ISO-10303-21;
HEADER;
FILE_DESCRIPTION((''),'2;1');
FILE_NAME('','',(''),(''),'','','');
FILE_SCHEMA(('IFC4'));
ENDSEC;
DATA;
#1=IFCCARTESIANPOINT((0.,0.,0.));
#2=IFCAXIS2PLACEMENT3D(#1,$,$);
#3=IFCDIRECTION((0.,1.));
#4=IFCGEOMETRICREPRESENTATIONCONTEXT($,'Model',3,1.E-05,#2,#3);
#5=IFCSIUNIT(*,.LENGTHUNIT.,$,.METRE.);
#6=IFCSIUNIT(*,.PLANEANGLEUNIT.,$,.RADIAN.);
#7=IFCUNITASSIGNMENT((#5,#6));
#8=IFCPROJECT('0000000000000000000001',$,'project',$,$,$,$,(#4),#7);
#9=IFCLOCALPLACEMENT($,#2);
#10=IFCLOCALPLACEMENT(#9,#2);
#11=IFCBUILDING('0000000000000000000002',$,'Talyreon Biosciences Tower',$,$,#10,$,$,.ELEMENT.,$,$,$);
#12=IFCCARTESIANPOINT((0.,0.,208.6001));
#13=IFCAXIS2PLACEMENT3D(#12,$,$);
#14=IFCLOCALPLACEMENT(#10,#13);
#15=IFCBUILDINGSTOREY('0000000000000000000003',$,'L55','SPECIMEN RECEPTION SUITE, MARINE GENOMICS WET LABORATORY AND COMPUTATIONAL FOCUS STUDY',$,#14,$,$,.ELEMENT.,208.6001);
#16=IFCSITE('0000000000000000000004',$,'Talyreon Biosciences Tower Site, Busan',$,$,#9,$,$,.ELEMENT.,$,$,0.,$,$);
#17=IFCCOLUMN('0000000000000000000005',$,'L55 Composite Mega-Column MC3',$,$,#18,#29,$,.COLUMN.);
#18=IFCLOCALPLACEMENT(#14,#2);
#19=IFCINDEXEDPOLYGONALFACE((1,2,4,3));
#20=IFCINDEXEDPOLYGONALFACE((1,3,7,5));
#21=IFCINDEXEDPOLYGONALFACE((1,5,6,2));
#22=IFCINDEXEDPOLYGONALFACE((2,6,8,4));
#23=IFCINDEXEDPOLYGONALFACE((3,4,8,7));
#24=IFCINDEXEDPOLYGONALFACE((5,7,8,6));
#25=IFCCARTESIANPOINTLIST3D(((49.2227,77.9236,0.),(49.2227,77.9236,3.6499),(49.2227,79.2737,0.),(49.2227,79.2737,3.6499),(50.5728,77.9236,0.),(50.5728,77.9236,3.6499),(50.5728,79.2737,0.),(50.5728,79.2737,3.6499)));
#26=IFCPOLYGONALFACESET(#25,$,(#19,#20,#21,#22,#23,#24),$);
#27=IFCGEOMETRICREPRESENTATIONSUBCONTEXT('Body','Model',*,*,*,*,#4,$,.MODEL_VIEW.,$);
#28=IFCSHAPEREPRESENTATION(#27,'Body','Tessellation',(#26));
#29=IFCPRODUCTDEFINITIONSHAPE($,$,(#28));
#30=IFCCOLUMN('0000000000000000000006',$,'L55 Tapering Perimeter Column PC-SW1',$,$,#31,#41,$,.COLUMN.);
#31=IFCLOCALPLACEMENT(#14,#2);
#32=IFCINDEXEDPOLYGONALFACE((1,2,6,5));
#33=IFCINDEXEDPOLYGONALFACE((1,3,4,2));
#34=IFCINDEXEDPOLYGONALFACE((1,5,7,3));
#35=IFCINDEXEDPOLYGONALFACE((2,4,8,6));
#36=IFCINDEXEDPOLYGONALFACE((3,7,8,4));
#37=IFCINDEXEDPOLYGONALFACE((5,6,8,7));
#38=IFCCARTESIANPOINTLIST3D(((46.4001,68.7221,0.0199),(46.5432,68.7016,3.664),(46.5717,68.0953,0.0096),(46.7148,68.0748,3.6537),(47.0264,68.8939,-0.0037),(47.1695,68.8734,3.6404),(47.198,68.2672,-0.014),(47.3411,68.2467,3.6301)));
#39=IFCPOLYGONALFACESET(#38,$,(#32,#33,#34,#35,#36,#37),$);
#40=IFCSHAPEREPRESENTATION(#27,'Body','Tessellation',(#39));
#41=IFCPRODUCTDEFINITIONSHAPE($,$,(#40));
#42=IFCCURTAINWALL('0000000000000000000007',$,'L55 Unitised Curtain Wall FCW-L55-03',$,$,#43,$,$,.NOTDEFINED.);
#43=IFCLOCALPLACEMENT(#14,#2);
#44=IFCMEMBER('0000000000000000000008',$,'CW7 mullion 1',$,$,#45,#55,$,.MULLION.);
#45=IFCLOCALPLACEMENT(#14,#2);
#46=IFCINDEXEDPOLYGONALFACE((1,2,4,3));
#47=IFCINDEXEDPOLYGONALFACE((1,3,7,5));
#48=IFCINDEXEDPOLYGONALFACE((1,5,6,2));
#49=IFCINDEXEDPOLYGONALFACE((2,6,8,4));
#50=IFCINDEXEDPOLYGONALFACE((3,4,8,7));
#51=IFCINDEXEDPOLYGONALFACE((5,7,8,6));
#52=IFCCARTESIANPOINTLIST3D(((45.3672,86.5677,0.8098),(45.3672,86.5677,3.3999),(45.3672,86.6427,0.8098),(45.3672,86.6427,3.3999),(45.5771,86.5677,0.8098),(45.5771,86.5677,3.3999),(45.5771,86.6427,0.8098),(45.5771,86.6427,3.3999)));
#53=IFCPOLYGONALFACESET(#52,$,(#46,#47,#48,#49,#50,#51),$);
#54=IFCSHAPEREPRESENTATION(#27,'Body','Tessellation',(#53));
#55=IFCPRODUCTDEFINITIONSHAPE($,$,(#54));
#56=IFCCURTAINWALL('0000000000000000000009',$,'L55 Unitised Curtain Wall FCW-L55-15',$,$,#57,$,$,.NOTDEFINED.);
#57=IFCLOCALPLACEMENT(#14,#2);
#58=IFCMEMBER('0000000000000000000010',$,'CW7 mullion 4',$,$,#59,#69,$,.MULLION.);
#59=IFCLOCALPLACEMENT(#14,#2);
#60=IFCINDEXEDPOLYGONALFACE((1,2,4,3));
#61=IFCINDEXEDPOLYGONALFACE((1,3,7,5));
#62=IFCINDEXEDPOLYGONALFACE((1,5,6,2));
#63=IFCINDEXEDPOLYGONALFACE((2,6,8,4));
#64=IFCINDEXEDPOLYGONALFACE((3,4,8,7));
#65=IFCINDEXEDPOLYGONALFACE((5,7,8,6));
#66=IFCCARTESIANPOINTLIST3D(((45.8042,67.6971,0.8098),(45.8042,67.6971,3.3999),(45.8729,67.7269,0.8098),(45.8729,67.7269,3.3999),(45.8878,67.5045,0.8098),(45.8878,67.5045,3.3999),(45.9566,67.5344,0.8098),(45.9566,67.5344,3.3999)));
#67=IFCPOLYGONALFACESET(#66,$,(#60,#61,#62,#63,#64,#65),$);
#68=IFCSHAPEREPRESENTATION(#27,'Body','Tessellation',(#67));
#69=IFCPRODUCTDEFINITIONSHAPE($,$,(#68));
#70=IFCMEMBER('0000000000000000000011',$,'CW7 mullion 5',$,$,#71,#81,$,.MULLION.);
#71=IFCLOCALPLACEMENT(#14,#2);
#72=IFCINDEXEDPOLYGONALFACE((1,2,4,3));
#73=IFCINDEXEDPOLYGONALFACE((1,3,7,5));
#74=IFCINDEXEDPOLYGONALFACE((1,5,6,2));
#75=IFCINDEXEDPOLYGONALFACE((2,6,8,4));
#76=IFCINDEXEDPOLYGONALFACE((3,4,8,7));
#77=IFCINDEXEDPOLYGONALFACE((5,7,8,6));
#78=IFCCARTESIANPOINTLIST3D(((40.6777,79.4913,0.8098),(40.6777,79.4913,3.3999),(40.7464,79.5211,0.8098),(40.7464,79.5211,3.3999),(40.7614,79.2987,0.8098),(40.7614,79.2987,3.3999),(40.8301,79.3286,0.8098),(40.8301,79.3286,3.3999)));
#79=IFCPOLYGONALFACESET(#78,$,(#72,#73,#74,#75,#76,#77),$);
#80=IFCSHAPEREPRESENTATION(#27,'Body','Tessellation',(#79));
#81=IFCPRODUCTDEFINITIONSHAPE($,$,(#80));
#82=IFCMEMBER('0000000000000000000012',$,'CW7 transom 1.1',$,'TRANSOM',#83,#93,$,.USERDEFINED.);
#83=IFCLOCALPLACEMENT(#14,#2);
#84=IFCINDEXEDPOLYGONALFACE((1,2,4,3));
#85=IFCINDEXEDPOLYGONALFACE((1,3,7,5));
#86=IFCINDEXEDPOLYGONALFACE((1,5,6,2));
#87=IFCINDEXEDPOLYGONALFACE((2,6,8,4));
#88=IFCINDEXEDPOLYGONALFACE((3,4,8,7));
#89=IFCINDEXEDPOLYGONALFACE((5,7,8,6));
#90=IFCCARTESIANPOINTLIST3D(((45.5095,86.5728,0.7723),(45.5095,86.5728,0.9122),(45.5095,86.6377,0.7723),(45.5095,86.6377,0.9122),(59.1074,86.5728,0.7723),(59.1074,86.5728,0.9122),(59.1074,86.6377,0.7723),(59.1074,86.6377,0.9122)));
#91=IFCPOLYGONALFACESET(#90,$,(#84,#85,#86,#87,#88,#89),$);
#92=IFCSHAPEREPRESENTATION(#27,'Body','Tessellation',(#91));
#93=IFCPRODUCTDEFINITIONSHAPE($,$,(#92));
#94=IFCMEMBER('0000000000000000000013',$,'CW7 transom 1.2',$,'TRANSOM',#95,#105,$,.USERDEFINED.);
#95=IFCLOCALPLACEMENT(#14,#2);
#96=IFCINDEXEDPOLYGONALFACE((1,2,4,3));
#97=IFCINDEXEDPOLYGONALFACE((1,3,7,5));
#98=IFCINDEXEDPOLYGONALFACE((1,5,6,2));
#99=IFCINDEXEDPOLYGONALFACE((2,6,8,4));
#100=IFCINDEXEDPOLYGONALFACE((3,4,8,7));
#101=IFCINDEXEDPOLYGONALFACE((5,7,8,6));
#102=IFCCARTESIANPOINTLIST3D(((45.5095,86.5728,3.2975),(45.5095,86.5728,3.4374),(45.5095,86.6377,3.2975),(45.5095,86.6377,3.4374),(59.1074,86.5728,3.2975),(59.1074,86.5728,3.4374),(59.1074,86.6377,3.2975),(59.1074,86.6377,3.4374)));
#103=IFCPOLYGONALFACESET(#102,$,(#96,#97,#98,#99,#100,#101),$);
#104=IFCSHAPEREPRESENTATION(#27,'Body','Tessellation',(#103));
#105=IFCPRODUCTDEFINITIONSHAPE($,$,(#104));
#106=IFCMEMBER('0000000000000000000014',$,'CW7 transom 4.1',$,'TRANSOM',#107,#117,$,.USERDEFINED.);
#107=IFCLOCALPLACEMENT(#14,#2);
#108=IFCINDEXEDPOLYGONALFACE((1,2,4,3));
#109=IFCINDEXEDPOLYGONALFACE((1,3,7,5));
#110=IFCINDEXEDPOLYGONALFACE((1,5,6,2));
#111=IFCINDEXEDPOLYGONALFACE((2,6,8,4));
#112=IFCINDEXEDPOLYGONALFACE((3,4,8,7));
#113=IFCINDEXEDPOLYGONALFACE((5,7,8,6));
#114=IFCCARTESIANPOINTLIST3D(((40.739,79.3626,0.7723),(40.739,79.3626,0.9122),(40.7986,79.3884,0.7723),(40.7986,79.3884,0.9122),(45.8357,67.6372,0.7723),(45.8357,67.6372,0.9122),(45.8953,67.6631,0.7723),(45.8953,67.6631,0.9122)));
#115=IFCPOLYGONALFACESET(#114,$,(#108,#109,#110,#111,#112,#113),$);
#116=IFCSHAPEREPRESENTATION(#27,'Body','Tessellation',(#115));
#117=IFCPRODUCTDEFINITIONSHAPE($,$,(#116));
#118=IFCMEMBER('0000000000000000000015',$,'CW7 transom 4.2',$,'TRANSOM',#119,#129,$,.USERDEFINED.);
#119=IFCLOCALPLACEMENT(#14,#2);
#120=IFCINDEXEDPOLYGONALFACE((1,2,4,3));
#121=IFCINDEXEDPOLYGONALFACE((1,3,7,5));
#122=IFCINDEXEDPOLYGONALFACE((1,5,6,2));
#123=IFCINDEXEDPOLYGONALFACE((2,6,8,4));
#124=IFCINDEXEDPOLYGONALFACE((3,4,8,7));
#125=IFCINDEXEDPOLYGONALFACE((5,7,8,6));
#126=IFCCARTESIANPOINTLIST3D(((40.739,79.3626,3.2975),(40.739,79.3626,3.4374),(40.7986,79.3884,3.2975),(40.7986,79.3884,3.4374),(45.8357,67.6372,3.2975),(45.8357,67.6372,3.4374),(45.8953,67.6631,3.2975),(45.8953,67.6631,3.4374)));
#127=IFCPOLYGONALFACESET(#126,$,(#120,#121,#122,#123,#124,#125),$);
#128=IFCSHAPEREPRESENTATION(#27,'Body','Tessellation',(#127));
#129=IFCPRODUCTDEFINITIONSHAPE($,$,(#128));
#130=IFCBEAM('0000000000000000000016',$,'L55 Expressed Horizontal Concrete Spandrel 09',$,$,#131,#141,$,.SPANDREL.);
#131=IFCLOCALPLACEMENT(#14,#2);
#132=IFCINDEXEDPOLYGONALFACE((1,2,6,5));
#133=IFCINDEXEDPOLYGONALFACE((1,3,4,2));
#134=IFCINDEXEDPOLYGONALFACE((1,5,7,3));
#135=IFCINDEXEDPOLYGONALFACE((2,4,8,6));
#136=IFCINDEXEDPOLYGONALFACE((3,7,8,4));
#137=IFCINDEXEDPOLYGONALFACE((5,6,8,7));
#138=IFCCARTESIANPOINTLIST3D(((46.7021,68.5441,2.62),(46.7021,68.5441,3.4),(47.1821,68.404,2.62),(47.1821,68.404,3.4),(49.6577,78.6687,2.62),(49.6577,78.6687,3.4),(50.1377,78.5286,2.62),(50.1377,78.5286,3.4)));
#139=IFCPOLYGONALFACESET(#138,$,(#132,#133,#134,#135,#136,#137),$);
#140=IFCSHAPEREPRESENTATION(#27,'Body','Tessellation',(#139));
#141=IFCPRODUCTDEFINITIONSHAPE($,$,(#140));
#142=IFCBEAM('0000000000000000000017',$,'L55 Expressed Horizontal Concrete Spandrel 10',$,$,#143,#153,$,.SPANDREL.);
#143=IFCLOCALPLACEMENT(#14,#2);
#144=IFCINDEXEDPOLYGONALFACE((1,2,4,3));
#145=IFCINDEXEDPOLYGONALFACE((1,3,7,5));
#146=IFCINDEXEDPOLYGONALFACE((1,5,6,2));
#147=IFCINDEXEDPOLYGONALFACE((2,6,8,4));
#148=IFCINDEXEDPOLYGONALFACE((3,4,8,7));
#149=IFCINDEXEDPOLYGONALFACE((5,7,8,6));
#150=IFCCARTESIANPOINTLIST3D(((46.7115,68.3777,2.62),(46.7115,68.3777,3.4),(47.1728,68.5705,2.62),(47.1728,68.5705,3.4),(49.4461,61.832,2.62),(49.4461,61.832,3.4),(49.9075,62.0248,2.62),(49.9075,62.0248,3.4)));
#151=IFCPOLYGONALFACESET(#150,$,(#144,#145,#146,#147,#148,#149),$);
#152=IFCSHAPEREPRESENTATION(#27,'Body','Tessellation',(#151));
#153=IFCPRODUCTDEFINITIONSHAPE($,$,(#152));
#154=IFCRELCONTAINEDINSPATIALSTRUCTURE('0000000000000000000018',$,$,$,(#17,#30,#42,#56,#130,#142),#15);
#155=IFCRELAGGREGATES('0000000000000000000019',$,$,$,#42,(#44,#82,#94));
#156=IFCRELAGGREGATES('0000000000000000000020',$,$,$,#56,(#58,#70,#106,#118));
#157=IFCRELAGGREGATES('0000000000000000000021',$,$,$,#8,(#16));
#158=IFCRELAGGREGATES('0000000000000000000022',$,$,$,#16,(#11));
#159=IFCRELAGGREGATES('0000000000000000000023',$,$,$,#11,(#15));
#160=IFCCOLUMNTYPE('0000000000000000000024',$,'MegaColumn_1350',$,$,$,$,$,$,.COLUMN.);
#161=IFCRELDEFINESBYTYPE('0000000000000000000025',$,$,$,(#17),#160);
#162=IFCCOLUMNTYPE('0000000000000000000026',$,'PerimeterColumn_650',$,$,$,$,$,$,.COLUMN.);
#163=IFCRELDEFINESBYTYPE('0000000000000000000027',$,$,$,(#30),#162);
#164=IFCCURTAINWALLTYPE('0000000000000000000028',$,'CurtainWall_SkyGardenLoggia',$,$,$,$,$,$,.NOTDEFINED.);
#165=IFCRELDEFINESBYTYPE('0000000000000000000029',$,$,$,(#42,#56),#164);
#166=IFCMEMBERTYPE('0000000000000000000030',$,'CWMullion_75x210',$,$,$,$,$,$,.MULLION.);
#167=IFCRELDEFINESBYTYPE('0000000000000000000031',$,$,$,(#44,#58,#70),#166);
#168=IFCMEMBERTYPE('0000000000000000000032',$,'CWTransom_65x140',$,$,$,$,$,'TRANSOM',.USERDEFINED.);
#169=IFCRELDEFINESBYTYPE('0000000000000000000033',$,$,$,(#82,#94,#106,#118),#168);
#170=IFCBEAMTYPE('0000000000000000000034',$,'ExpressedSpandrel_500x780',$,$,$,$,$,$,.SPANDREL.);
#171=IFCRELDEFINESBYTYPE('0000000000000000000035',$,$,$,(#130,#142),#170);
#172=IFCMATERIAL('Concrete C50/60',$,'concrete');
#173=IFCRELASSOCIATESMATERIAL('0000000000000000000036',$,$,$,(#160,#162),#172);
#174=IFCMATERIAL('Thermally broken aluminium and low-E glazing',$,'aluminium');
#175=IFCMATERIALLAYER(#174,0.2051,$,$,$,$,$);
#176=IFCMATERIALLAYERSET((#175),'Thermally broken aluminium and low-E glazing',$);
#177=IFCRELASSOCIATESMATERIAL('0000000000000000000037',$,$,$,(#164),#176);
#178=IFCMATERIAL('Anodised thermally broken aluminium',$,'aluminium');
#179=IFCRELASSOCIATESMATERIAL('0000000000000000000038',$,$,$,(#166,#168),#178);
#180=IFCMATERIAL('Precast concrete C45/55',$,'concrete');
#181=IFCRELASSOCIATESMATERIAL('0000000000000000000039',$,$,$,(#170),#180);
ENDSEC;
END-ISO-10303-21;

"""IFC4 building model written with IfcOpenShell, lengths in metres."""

from ifc_helpers import new_model, si_unit, direction, frame, origin, origin_2d, place, context, subcontext, project, spatial, rectangle, extrude, material, layer, layer_set, material_profile, profile_set, type_object, element, aggregate, save


model = new_model("IFC4")

# Units and contexts
model_context = context("Model", 3, precision=1e-05, world=origin(), true_north=direction((0.0, 1.0)))
body_context = subcontext(model_context, "Body", "Model", "MODEL_VIEW")
ifc_project = project(units=[si_unit("LENGTHUNIT", "METRE"), si_unit("PLANEANGLEUNIT", "RADIAN")], contexts=[model_context])

# Site, building, storey
site_placement = place(None, origin())
site = spatial("IfcSite", under=ifc_project, at=site_placement, Name="Talyreon Biosciences Tower Site, Busan", CompositionType="ELEMENT", RefElevation=0.0)
building_placement = place(site_placement, origin())
building = spatial("IfcBuilding", under=site, at=building_placement, Name="Talyreon Biosciences Tower", CompositionType="ELEMENT")
storey_placement = place(building_placement, frame((0.0, 0.0, 208.6001)))
storey = spatial("IfcBuildingStorey", under=building, at=storey_placement, Name="L55", Description="SPECIMEN RECEPTION SUITE, MARINE GENOMICS WET LABORATORY AND COMPUTATIONAL FOCUS STUDY", CompositionType="ELEMENT", Elevation=208.6001)

# Columns
ifc_material_1 = material(Name="Concrete C50/60", Category="concrete")
ifc_material_profile_1 = material_profile(ifc_material_1, rectangle(XDim=1.3501, YDim=1.3501, at=origin_2d()), Name="RC 1350x1350")
ifc_profile_set_1 = profile_set([ifc_material_profile_1], Name="Concrete C50/60")
column_type_1 = type_object("IfcColumnType", Name="MegaColumn_1350", PredefinedType="COLUMN", material=ifc_profile_set_1)
column_1_placement = place(storey_placement, frame((49.8977, 78.5986, 0.0), z_axis=(0.0, 0.0, 1.0), x_axis=(1.0, 0.0, 0.0)))
element("IfcColumn", 1, at=column_1_placement, inside=storey, type_object=column_type_1, Name="L55 Composite Mega-Column MC3", PredefinedType="COLUMN", context=body_context, shape_type="SweptSolid", body=[
    extrude(rectangle(XDim=1.3501, YDim=1.3501, at=origin_2d()), origin(), (0.0, 0.0, 1.0), 3.6499),
])
ifc_material_profile_2 = material_profile(ifc_material_1, rectangle(XDim=0.6499, YDim=0.6499, at=origin_2d()), Name="RC 650x650")
ifc_profile_set_2 = profile_set([ifc_material_profile_2], Name="Concrete C50/60")
column_type_2 = type_object("IfcColumnType", Name="PerimeterColumn_650", PredefinedType="COLUMN", material=ifc_profile_set_2)
column_2_placement = place(storey_placement, frame((46.7991, 68.4946, 0.0029), z_axis=(0.03923, -0.005623, 0.999214), x_axis=(0.963708, 0.264472, -0.036347)))
element("IfcColumn", 2, at=column_2_placement, inside=storey, type_object=column_type_2, Name="L55 Tapering Perimeter Column PC-SW1", PredefinedType="COLUMN", context=body_context, shape_type="SweptSolid", body=[
    extrude(rectangle(XDim=0.6499, YDim=0.6499, at=origin_2d()), origin(), (0.0, 0.0, 1.0), 3.647),
])

# Curtain wall, member
ifc_material_2 = material(Name="Thermally broken aluminium and low-E glazing", Category="aluminium")
ifc_layer_1 = layer(ifc_material_2, 0.2051)
ifc_layer_set_1 = layer_set([ifc_layer_1], Name="Thermally broken aluminium and low-E glazing")
curtain_wall_type = type_object("IfcCurtainWallType", Name="CurtainWall_SkyGardenLoggia", PredefinedType="NOTDEFINED", material=ifc_layer_set_1)
curtain_wall_1_placement = place(storey_placement, origin())
curtain_wall_1 = element("IfcCurtainWall", 3, at=curtain_wall_1_placement, inside=storey, type_object=curtain_wall_type, Name="L55 Unitised Curtain Wall FCW-L55-03", PredefinedType="NOTDEFINED")
ifc_material_3 = material(Name="Anodised thermally broken aluminium", Category="aluminium")
ifc_material_profile_3 = material_profile(ifc_material_3, rectangle(XDim=0.075, YDim=0.21, at=origin_2d()), Name="ALUM MULLION 75x210")
ifc_profile_set_3 = profile_set([ifc_material_profile_3], Name="Anodised thermally broken aluminium")
member_type_1 = type_object("IfcMemberType", Name="CWMullion_75x210", PredefinedType="MULLION", material=ifc_profile_set_3)
member_1_placement = place(storey_placement, frame((45.4722, 86.6052, 0.8098), z_axis=(0.0, 0.0, 1.0), x_axis=(0.0, 1.0, 0.0)))
member_1 = element("IfcMember", 4, at=member_1_placement, type_object=member_type_1, Name="CW7 mullion 1", PredefinedType="MULLION", context=body_context, shape_type="SweptSolid", body=[
    extrude(rectangle(XDim=0.075, YDim=0.21, at=origin_2d()), origin(), (0.0, 0.0, 1.0), 2.5901),
])

# Curtain wall, members
curtain_wall_2_placement = place(storey_placement, origin())
curtain_wall_2 = element("IfcCurtainWall", 5, at=curtain_wall_2_placement, inside=storey, type_object=curtain_wall_type, Name="L55 Unitised Curtain Wall FCW-L55-15", PredefinedType="NOTDEFINED")
member_2_placement = place(storey_placement, frame((45.8804, 67.6157, 0.8098), z_axis=(0.0, 0.0, 1.0), x_axis=(-0.917113, -0.398626, 0.0)))
member_2 = element("IfcMember", 6, at=member_2_placement, type_object=member_type_1, Name="CW7 mullion 4", PredefinedType="MULLION", context=body_context, shape_type="SweptSolid", body=[
    extrude(rectangle(XDim=0.075, YDim=0.21, at=origin_2d()), origin(), (0.0, 0.0, 1.0), 2.5901),
])
member_3_placement = place(storey_placement, frame((40.7539, 79.4099, 0.8098), z_axis=(0.0, 0.0, 1.0), x_axis=(-0.917113, -0.398626, 0.0)))
member_3 = element("IfcMember", 7, at=member_3_placement, type_object=member_type_1, Name="CW7 mullion 5", PredefinedType="MULLION", context=body_context, shape_type="SweptSolid", body=[
    extrude(rectangle(XDim=0.075, YDim=0.21, at=origin_2d()), origin(), (0.0, 0.0, 1.0), 2.5901),
])

# Members
ifc_material_profile_4 = material_profile(ifc_material_3, rectangle(XDim=0.0649, YDim=0.1399, at=origin_2d()), Name="ALUM TRANSOM 65x140")
ifc_profile_set_4 = profile_set([ifc_material_profile_4], Name="Anodised thermally broken aluminium")
member_type_2 = type_object("IfcMemberType", Name="CWTransom_65x140", ElementType="TRANSOM", PredefinedType="USERDEFINED", material=ifc_profile_set_4)
member_4_placement = place(storey_placement, frame((45.5095, 86.6052, 0.8423), z_axis=(1.0, 0.0, 0.0), x_axis=(0.0, 1.0, 0.0)))
member_4 = element("IfcMember", 8, at=member_4_placement, type_object=member_type_2, Name="CW7 transom 1.1", ObjectType="TRANSOM", PredefinedType="USERDEFINED", context=body_context, shape_type="SweptSolid", body=[
    extrude(rectangle(XDim=0.0649, YDim=0.1399, at=origin_2d()), origin(), (0.0, 0.0, 1.0), 13.5979),
])
member_5_placement = place(storey_placement, frame((45.5095, 86.6052, 3.3674), z_axis=(1.0, 0.0, 0.0), x_axis=(0.0, 1.0, 0.0)))
member_5 = element("IfcMember", 9, at=member_5_placement, type_object=member_type_2, Name="CW7 transom 1.2", ObjectType="TRANSOM", PredefinedType="USERDEFINED", context=body_context, shape_type="SweptSolid", body=[
    extrude(rectangle(XDim=0.0649, YDim=0.1399, at=origin_2d()), origin(), (0.0, 0.0, 1.0), 13.5979),
])
member_6_placement = place(storey_placement, frame((45.8655, 67.6501, 0.8423), z_axis=(-0.398641, 0.917107, 0.0), x_axis=(-0.917107, -0.398641, 0.0)))
member_6 = element("IfcMember", 10, at=member_6_placement, type_object=member_type_2, Name="CW7 transom 4.1", ObjectType="TRANSOM", PredefinedType="USERDEFINED", context=body_context, shape_type="SweptSolid", body=[
    extrude(rectangle(XDim=0.0649, YDim=0.1399, at=origin_2d()), origin(), (0.0, 0.0, 1.0), 12.7852),
])
member_7_placement = place(storey_placement, frame((45.8655, 67.6501, 3.3674), z_axis=(-0.398641, 0.917107, 0.0), x_axis=(-0.917107, -0.398641, 0.0)))
member_7 = element("IfcMember", 11, at=member_7_placement, type_object=member_type_2, Name="CW7 transom 4.2", ObjectType="TRANSOM", PredefinedType="USERDEFINED", context=body_context, shape_type="SweptSolid", body=[
    extrude(rectangle(XDim=0.0649, YDim=0.1399, at=origin_2d()), origin(), (0.0, 0.0, 1.0), 12.7852),
])

# Beams
ifc_material_4 = material(Name="Precast concrete C45/55", Category="concrete")
ifc_material_profile_5 = material_profile(ifc_material_4, rectangle(XDim=0.5, YDim=0.78, at=origin_2d()), Name="RCB 500x780")
ifc_profile_set_5 = profile_set([ifc_material_profile_5], Name="Precast concrete C45/55")
beam_type_1 = type_object("IfcBeamType", Name="ExpressedSpandrel_500x780", PredefinedType="SPANDREL", material=ifc_profile_set_5)
beam_1_placement = place(storey_placement, frame((49.8977, 78.5986, 3.01), z_axis=(-0.280226, -0.959934, 0.0), x_axis=(0.959934, -0.280226, 0.0)))
element("IfcBeam", 12, at=beam_1_placement, inside=storey, type_object=beam_type_1, Name="L55 Expressed Horizontal Concrete Spandrel 09", PredefinedType="SPANDREL", context=body_context, shape_type="SweptSolid", body=[
    extrude(rectangle(XDim=0.5, YDim=0.78, at=origin_2d()), origin(), (0.0, 0.0, 1.0), 10.5471),
])
beam_2_placement = place(storey_placement, frame((46.9421, 68.4741, 3.01), z_axis=(0.385488, -0.922713, 0.0), x_axis=(0.922713, 0.385488, 0.0)))
element("IfcBeam", 13, at=beam_2_placement, inside=storey, type_object=beam_type_1, Name="L55 Expressed Horizontal Concrete Spandrel 10", PredefinedType="SPANDREL", context=body_context, shape_type="SweptSolid", body=[
    extrude(rectangle(XDim=0.5, YDim=0.78, at=origin_2d()), origin(), (0.0, 0.0, 1.0), 7.094),
])

aggregate(curtain_wall_1, [member_1, member_4, member_5])
aggregate(curtain_wall_2, [member_2, member_3, member_6, member_7])

save(model, "model.ifc")
